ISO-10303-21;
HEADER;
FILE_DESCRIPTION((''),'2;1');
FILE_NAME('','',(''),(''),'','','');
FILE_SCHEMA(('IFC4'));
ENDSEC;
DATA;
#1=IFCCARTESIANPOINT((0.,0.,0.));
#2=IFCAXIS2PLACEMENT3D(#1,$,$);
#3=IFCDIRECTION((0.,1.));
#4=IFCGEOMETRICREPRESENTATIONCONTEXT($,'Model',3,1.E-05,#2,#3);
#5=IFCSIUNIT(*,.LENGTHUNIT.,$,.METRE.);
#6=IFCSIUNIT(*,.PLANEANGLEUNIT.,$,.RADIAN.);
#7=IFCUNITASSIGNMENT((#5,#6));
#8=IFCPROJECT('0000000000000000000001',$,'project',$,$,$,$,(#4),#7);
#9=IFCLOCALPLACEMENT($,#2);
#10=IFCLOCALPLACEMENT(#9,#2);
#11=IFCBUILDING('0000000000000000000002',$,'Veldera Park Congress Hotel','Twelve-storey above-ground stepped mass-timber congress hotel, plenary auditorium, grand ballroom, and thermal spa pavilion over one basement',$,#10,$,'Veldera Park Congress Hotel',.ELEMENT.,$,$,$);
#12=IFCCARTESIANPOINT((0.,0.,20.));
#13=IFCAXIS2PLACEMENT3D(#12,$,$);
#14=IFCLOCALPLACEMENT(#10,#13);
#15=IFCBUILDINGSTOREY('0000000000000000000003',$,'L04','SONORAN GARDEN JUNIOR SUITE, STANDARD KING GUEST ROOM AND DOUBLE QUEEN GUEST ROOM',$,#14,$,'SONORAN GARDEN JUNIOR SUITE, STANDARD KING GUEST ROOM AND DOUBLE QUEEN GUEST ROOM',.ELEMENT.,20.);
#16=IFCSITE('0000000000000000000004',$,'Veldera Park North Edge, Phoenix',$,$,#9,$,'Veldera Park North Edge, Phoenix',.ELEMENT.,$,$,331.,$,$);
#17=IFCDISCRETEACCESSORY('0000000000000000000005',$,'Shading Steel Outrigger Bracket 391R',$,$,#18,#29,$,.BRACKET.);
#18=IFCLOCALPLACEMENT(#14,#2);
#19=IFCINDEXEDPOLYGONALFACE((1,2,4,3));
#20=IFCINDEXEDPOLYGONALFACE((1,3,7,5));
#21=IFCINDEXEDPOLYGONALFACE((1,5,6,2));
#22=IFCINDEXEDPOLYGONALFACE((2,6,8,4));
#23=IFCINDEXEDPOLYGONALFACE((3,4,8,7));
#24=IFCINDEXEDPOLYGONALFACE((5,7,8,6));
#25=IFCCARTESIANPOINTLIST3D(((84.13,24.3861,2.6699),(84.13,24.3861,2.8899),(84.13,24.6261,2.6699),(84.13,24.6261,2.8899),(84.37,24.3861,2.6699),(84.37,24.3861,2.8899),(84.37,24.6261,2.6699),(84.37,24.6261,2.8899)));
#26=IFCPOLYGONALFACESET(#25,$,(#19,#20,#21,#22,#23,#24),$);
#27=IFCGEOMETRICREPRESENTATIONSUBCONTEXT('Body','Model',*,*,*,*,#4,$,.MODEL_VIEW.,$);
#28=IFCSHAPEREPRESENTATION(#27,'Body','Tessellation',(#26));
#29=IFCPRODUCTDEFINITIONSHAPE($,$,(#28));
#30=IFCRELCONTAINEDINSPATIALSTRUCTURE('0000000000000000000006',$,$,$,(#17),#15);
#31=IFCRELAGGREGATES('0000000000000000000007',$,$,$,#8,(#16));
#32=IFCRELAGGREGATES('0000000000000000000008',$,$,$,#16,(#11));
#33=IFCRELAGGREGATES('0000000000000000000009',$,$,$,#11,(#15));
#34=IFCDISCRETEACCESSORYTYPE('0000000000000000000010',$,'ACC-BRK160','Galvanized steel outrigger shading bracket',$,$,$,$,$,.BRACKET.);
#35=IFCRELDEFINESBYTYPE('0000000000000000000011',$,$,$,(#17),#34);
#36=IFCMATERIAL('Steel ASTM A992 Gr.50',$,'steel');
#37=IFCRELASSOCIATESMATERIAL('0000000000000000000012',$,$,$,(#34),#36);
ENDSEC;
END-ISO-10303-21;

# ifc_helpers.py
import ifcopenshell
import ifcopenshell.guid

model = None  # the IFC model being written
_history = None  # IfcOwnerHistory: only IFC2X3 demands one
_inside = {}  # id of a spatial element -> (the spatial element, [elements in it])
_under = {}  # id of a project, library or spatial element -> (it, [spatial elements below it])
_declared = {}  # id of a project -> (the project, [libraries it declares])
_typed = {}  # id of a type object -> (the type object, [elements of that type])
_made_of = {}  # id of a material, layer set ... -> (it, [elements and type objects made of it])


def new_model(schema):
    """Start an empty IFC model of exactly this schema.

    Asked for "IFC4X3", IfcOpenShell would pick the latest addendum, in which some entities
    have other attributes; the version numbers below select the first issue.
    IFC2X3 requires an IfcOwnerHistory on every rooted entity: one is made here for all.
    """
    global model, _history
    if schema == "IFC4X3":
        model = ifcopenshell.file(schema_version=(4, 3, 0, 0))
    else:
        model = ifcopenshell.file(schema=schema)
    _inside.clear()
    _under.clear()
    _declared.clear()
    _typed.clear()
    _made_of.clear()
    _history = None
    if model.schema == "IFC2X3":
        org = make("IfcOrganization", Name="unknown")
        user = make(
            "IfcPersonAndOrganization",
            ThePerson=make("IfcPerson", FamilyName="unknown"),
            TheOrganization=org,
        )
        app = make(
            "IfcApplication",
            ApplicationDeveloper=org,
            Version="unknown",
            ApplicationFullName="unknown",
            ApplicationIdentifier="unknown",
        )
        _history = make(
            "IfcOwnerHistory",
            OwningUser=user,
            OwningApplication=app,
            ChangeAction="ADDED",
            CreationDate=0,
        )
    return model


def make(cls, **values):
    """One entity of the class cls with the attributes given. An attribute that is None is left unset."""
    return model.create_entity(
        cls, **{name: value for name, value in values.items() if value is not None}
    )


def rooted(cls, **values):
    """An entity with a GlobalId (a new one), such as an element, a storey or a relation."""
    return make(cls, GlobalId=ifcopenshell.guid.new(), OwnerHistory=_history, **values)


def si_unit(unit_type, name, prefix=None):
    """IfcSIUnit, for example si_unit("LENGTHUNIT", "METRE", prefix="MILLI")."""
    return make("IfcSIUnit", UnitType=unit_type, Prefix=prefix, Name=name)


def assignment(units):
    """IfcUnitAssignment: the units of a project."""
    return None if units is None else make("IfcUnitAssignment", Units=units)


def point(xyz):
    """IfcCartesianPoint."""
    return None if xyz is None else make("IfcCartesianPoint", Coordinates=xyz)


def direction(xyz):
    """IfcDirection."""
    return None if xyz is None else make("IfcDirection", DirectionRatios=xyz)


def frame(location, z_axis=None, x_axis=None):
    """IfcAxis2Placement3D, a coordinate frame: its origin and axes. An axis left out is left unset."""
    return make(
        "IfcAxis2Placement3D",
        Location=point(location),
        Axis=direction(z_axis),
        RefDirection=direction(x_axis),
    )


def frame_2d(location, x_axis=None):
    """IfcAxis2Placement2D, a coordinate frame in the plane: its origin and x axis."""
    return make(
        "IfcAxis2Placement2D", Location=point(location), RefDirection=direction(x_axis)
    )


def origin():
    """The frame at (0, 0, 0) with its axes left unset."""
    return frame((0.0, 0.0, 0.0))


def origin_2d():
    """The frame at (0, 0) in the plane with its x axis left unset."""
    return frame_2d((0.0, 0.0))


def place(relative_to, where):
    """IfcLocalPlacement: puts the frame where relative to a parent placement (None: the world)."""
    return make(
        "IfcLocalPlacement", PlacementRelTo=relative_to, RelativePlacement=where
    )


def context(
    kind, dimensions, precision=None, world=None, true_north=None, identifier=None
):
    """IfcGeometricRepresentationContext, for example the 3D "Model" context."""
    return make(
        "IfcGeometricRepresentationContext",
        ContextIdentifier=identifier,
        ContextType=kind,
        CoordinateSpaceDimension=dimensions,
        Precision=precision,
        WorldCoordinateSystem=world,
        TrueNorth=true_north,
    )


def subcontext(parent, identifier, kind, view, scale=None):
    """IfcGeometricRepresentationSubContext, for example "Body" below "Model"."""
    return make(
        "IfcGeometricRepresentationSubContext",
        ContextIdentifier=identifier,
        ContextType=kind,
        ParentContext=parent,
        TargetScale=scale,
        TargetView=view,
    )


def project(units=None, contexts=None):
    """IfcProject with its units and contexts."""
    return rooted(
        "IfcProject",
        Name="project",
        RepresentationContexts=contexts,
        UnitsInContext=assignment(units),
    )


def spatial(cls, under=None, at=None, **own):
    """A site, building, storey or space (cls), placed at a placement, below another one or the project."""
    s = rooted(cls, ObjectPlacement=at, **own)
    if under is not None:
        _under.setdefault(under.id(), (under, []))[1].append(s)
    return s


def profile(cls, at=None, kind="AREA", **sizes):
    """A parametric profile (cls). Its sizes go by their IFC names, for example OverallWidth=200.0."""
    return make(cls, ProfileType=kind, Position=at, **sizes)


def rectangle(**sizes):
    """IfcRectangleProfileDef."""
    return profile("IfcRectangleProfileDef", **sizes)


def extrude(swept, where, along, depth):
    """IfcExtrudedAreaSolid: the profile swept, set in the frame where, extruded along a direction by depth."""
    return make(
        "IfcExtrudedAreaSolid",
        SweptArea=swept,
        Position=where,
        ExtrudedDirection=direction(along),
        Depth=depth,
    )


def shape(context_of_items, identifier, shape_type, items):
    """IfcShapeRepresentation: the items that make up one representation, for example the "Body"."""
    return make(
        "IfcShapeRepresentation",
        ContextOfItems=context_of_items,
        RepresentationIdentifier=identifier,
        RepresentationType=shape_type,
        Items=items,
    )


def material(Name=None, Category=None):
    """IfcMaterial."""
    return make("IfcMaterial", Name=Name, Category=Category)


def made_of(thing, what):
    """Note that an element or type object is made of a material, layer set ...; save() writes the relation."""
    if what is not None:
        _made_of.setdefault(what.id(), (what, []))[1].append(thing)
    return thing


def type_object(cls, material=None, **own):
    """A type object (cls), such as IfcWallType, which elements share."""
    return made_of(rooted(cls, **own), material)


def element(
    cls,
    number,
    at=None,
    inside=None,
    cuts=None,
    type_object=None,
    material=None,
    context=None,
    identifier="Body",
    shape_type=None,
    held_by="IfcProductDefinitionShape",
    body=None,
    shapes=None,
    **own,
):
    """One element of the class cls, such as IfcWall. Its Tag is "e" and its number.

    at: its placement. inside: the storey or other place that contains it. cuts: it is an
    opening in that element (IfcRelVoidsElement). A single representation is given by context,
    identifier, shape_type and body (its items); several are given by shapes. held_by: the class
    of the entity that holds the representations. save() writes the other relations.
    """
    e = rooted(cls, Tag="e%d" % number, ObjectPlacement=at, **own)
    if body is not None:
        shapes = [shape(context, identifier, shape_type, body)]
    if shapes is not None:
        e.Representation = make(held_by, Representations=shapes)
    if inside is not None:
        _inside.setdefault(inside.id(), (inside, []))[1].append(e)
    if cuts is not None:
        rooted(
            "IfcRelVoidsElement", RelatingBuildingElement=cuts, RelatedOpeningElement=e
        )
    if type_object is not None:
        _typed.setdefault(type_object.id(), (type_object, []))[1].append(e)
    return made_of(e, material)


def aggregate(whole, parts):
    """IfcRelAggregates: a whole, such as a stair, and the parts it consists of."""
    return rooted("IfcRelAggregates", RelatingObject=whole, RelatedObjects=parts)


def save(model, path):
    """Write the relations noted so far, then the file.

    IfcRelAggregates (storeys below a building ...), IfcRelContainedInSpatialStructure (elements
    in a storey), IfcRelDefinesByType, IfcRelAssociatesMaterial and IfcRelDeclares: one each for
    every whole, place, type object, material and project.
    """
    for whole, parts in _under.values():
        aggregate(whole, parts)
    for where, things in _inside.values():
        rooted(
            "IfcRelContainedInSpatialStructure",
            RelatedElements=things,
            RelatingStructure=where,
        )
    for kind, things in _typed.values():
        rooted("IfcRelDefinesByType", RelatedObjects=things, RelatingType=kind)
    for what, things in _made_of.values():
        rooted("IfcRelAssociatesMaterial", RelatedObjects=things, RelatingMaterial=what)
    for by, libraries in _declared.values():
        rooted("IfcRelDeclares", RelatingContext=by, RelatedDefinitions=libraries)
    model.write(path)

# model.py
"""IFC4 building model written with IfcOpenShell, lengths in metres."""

from ifc_helpers import new_model, si_unit, direction, frame, origin, origin_2d, place, context, subcontext, project, spatial, rectangle, extrude, material, type_object, element, save


model = new_model("IFC4")

# Units and contexts
model_context = context("Model", 3, precision=1e-05, world=origin(), true_north=direction((0.0, 1.0)))
body_context = subcontext(model_context, "Body", "Model", "MODEL_VIEW")
ifc_project = project(units=[si_unit("LENGTHUNIT", "METRE"), si_unit("PLANEANGLEUNIT", "RADIAN")], contexts=[model_context])

# Site, building, storey
site_placement = place(None, origin())
site = spatial("IfcSite", under=ifc_project, at=site_placement, Name="Veldera Park North Edge, Phoenix", LongName="Veldera Park North Edge, Phoenix", CompositionType="ELEMENT", RefElevation=331.0)
building_placement = place(site_placement, origin())
building = spatial("IfcBuilding", under=site, at=building_placement, Name="Veldera Park Congress Hotel", Description="Twelve-storey above-ground stepped mass-timber congress hotel, plenary auditorium, grand ballroom, and thermal spa pavilion over one basement", LongName="Veldera Park Congress Hotel", CompositionType="ELEMENT")
storey_placement = place(building_placement, frame((0.0, 0.0, 20.0)))
storey = spatial("IfcBuildingStorey", under=building, at=storey_placement, Name="L04", Description="SONORAN GARDEN JUNIOR SUITE, STANDARD KING GUEST ROOM AND DOUBLE QUEEN GUEST ROOM", LongName="SONORAN GARDEN JUNIOR SUITE, STANDARD KING GUEST ROOM AND DOUBLE QUEEN GUEST ROOM", CompositionType="ELEMENT", Elevation=20.0)

# Discrete accessory
ifc_material_1 = material(Name="Steel ASTM A992 Gr.50", Category="steel")
discrete_accessory_type = type_object("IfcDiscreteAccessoryType", Name="ACC-BRK160", Description="Galvanized steel outrigger shading bracket", PredefinedType="BRACKET", material=ifc_material_1)
for number, where, z_axis, x_axis, name in (
    (1, (84.25, 24.5061, 2.6699), (0.0, 0.0, 1.0), (0.0, 1.0, 0.0), "Shading Steel Outrigger Bracket 391R"),
):
    element("IfcDiscreteAccessory", number, at=place(storey_placement, frame(where, z_axis=z_axis, x_axis=x_axis)), inside=storey, type_object=discrete_accessory_type, Name=name, PredefinedType="BRACKET", context=body_context, shape_type="SweptSolid", body=[
        extrude(rectangle(XDim=0.24, YDim=0.24, at=origin_2d()), origin(), (0.0, 0.0, 1.0), 0.22),
    ])

save(model, "model.ifc")
